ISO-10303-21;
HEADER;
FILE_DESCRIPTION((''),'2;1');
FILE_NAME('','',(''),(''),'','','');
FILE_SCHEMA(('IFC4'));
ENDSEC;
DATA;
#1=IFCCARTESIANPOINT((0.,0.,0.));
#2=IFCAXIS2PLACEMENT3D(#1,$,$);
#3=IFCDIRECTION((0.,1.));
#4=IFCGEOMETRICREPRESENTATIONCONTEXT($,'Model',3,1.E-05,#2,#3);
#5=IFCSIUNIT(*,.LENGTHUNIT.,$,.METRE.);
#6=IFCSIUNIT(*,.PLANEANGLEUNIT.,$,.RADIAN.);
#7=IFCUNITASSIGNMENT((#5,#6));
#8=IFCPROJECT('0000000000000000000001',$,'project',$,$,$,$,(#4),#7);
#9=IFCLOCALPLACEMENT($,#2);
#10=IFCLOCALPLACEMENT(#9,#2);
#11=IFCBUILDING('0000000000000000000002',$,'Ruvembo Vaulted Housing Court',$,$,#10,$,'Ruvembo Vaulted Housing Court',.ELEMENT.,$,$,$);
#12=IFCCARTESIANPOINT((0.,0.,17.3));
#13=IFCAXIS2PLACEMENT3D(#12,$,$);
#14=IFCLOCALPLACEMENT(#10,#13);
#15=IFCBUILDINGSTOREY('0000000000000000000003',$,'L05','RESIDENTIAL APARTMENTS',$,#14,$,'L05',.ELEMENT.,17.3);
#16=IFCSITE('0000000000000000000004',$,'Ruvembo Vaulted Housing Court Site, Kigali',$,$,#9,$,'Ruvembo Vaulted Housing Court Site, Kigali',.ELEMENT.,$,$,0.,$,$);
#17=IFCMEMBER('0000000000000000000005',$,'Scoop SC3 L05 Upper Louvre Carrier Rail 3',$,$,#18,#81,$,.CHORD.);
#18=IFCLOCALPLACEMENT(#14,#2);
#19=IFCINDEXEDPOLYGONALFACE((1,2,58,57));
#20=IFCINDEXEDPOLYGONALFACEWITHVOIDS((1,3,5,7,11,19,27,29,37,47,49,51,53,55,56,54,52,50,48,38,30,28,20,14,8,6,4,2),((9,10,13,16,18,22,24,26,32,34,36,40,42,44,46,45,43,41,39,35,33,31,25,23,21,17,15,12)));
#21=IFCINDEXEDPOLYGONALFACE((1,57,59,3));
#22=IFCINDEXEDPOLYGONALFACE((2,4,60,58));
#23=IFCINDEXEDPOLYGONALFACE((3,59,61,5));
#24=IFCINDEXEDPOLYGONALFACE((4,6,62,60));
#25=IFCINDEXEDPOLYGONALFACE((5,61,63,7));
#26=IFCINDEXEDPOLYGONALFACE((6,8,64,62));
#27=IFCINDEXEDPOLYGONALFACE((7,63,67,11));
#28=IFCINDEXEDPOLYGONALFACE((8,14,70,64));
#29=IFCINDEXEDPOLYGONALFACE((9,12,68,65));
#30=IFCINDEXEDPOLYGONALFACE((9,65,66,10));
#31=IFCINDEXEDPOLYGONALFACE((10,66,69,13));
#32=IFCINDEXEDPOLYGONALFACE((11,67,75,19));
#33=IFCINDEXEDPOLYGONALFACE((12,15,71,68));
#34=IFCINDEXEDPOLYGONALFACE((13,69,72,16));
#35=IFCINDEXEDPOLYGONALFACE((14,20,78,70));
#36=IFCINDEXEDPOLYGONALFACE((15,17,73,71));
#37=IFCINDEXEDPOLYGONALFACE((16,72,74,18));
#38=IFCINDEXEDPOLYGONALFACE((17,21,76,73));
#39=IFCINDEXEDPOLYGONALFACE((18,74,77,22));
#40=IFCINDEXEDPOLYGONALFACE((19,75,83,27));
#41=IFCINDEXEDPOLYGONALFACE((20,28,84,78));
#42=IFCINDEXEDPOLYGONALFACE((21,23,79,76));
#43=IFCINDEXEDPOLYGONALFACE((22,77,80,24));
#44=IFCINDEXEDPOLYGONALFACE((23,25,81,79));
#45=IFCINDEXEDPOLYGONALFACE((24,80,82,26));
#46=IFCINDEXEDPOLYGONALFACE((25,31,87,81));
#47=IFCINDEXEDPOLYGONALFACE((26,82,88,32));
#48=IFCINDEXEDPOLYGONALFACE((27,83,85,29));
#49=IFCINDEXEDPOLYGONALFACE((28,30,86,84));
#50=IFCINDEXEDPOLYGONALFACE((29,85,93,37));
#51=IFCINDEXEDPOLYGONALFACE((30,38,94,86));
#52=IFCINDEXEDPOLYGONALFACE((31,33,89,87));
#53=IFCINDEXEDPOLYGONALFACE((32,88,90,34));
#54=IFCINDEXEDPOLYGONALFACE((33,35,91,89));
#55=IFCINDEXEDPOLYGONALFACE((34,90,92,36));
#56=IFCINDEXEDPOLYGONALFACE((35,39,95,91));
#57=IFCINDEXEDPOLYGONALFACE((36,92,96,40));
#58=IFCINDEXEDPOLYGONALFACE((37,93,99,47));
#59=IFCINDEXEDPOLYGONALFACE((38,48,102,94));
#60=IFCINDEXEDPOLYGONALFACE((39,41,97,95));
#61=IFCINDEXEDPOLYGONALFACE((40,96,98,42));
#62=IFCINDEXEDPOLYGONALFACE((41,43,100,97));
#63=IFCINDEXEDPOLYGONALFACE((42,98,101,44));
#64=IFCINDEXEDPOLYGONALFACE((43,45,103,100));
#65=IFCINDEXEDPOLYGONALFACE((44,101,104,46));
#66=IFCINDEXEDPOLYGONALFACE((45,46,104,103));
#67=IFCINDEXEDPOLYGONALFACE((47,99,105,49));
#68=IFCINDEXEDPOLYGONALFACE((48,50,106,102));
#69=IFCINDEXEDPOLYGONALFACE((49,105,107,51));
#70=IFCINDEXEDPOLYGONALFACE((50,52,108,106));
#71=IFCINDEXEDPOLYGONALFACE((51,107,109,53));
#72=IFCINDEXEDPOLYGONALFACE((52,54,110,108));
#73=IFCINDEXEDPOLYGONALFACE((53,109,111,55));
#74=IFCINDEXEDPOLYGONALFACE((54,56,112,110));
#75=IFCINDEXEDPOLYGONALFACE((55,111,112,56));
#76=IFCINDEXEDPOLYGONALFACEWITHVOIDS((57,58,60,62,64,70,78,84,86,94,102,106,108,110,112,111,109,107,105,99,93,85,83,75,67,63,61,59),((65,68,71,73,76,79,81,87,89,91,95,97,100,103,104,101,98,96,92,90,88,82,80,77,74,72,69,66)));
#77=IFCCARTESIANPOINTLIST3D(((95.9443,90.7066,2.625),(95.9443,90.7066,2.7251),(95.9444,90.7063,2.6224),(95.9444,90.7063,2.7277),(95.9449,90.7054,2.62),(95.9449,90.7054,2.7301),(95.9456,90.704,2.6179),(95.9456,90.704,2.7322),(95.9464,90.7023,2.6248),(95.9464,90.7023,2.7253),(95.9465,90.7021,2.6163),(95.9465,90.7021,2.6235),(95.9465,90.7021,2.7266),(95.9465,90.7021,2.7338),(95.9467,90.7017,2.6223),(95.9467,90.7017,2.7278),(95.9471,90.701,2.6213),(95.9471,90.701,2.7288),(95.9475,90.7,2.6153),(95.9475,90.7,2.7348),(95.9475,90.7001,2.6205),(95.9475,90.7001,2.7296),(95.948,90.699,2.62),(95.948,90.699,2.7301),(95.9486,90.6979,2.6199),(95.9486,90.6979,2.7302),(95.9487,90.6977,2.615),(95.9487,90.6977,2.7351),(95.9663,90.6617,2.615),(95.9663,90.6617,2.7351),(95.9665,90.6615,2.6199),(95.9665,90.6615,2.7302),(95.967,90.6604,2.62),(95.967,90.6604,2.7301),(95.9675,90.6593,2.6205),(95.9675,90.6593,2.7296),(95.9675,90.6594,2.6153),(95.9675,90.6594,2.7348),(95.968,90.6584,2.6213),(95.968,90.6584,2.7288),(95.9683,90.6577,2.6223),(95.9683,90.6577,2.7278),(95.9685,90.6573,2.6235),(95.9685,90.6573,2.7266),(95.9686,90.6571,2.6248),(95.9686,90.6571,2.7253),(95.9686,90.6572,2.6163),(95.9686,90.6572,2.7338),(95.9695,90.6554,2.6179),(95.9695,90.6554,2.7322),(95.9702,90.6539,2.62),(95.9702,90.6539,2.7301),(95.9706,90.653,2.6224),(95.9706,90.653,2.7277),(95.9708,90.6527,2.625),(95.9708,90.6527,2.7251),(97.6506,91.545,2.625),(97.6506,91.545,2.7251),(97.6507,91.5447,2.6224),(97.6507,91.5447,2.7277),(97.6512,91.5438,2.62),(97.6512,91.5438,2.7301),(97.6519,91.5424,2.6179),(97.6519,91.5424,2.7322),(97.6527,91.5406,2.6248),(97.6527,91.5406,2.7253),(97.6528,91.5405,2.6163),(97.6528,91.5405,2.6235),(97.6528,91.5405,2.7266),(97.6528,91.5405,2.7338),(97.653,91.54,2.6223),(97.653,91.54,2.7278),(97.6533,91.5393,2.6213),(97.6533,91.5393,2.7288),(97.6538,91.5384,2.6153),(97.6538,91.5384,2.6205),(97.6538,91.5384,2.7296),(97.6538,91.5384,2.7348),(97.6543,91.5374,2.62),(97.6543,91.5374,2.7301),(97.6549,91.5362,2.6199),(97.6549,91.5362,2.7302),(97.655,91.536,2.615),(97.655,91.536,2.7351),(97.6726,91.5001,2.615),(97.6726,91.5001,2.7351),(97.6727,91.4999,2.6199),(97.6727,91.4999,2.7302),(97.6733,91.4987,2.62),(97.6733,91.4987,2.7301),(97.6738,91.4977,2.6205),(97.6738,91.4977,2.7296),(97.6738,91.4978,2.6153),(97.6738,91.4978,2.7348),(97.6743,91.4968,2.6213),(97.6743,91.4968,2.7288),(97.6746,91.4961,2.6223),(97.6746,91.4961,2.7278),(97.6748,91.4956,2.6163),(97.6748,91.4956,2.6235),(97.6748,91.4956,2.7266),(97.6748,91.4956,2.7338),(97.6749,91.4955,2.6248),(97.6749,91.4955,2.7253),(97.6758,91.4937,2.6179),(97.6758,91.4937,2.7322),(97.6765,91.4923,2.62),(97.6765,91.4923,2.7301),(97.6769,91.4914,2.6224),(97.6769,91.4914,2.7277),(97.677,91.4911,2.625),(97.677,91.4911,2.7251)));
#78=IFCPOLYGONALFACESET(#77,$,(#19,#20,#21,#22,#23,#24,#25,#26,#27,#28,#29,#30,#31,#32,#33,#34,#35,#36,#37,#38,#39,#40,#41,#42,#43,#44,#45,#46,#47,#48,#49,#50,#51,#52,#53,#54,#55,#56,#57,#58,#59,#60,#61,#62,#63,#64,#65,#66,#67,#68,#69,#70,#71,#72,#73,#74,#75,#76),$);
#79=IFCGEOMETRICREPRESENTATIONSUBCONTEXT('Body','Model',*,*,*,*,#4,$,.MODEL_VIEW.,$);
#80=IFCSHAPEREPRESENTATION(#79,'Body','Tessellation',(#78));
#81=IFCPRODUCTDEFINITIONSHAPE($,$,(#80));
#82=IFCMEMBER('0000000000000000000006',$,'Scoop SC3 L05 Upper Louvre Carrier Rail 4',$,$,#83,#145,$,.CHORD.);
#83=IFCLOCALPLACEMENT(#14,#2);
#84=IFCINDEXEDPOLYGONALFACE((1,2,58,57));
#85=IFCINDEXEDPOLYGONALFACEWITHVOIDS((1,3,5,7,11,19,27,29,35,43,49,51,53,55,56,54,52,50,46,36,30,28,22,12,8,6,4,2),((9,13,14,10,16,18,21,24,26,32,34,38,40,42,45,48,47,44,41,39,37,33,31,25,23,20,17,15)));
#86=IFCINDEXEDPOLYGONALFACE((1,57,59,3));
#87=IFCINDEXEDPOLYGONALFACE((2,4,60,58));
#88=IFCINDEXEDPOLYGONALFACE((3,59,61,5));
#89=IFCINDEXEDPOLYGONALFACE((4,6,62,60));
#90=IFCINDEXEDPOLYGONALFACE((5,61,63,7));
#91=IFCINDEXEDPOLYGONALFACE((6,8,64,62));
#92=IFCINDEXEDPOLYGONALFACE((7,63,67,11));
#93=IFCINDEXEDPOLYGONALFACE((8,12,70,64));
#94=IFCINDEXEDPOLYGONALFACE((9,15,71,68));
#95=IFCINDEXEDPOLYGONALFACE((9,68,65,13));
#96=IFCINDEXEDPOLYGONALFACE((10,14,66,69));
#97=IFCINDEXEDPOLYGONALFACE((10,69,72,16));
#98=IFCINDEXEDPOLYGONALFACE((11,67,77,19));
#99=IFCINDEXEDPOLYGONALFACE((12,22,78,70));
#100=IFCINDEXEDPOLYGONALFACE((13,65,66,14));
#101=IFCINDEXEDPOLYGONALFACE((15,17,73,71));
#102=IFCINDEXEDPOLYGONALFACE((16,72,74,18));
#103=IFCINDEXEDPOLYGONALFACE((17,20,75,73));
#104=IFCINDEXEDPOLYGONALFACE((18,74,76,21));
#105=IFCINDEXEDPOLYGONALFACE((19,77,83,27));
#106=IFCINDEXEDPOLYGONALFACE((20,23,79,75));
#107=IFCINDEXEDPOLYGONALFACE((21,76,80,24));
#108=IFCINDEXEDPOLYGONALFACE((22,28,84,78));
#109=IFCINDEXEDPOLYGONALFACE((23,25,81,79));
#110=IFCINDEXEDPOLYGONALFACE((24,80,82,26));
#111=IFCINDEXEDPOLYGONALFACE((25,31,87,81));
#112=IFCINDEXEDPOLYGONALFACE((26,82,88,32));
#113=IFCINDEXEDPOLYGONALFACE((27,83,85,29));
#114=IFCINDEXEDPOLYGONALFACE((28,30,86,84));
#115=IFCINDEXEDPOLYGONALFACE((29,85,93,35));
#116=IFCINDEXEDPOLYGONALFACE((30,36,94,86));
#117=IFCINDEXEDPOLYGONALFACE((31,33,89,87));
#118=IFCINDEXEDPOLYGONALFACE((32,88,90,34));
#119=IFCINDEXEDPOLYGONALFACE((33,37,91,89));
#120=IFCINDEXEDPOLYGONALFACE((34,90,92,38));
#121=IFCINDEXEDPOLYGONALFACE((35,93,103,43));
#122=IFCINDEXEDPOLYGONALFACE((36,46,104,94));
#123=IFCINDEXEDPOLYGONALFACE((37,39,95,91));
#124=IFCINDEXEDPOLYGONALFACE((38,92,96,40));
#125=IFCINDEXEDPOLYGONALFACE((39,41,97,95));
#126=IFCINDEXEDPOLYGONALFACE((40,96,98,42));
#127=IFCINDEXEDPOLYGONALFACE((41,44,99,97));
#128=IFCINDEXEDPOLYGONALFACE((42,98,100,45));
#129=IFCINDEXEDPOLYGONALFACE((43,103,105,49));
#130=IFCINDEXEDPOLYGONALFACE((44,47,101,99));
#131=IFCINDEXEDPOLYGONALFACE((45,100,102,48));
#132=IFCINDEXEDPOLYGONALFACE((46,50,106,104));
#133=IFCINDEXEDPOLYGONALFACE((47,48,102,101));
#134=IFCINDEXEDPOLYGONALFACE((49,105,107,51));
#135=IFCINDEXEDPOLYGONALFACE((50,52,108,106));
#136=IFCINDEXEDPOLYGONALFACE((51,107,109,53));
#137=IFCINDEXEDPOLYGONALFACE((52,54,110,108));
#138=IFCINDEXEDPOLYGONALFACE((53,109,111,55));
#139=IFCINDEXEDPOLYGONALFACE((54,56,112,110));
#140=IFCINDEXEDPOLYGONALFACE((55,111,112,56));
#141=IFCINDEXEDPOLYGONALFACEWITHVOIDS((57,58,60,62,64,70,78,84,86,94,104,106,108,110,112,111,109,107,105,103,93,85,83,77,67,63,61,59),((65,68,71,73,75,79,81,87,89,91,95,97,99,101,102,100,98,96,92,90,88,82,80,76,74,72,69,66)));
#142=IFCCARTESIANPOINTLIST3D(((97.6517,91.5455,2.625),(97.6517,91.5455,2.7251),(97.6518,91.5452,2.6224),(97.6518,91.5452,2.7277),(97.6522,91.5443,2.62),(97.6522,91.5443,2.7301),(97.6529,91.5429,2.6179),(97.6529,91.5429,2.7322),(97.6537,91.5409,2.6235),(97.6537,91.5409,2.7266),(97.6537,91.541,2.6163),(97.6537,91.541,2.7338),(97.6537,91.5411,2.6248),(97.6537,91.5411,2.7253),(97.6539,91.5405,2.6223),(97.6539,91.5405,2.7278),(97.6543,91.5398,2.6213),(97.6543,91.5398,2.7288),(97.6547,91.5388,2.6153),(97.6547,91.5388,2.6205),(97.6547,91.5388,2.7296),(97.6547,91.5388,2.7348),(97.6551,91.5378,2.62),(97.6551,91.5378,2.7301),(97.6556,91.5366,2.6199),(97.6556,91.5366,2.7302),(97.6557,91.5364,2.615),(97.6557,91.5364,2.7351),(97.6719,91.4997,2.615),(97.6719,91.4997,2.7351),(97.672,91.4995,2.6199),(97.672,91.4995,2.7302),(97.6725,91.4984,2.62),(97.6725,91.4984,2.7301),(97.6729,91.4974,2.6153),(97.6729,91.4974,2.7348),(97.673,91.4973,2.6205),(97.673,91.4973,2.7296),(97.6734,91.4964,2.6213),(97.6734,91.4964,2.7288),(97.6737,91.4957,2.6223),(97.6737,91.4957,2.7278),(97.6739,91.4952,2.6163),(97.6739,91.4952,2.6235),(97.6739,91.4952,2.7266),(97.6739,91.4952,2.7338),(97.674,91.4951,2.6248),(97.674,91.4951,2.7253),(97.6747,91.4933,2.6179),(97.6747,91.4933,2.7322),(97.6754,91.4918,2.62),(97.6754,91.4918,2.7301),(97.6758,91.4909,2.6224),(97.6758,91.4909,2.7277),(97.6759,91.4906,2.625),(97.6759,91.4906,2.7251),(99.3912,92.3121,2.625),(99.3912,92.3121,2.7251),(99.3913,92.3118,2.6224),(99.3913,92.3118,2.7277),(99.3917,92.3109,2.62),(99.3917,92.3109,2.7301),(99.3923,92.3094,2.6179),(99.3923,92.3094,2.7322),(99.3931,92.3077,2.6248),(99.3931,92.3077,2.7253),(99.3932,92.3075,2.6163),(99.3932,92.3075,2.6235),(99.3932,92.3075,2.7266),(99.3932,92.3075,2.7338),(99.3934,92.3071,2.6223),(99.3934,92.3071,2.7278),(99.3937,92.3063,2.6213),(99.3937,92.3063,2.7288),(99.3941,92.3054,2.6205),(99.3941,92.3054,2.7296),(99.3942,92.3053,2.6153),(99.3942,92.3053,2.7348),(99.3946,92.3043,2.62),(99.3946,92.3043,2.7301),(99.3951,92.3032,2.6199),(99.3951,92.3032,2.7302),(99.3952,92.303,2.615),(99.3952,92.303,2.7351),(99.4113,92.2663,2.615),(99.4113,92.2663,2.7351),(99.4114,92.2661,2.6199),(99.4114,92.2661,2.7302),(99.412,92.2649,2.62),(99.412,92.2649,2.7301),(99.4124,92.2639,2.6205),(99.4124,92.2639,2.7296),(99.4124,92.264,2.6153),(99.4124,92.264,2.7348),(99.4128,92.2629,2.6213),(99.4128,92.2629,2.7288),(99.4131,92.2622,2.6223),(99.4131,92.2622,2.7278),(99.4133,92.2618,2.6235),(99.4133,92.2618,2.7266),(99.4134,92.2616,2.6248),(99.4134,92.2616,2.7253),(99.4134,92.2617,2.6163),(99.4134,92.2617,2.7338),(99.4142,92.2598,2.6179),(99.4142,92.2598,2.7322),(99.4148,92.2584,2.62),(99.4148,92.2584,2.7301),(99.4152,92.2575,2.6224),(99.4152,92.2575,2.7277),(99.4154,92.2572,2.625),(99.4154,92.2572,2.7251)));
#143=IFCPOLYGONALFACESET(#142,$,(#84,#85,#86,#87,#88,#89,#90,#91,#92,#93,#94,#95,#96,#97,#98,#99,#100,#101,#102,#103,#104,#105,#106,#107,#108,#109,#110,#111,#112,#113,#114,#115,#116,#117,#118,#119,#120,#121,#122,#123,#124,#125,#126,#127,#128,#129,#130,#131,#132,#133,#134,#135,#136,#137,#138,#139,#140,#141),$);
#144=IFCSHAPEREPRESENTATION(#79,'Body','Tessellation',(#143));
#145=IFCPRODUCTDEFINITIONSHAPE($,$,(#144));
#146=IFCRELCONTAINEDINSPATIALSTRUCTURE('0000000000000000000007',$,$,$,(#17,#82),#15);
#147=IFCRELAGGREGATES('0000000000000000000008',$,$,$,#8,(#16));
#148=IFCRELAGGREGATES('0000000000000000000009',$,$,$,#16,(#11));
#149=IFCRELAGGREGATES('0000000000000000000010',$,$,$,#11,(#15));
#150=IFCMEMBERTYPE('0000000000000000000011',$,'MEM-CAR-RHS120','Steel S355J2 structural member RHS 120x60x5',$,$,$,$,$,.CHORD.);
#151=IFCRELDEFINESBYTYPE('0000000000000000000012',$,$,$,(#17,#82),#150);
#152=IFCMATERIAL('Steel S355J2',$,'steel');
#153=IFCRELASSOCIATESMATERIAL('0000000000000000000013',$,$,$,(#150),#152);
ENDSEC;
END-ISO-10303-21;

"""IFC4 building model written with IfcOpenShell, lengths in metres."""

from ifc_helpers import new_model, si_unit, direction, frame, origin, origin_2d, place, context, subcontext, project, spatial, hollow_rectangle, extrude, material, material_profile, profile_set, type_object, element, save


model = new_model("IFC4")

# Units and contexts
model_context = context("Model", 3, precision=1e-05, world=origin(), true_north=direction((0.0, 1.0)))
body_context = subcontext(model_context, "Body", "Model", "MODEL_VIEW")
ifc_project = project(units=[si_unit("LENGTHUNIT", "METRE"), si_unit("PLANEANGLEUNIT", "RADIAN")], contexts=[model_context])

# Site, building, storey
site_placement = place(None, origin())
site = spatial("IfcSite", under=ifc_project, at=site_placement, Name="Ruvembo Vaulted Housing Court Site, Kigali", LongName="Ruvembo Vaulted Housing Court Site, Kigali", CompositionType="ELEMENT", RefElevation=0.0)
building_placement = place(site_placement, origin())
building = spatial("IfcBuilding", under=site, at=building_placement, Name="Ruvembo Vaulted Housing Court", LongName="Ruvembo Vaulted Housing Court", CompositionType="ELEMENT")
storey_placement = place(building_placement, frame((0.0, 0.0, 17.3)))
storey = spatial("IfcBuildingStorey", under=building, at=storey_placement, Name="L05", Description="RESIDENTIAL APARTMENTS", LongName="L05", CompositionType="ELEMENT", Elevation=17.3)

# Shared definitions
ifc_material_1 = material(Name="Steel S355J2", Category="steel")

# Members
ifc_material_profile_1 = material_profile(ifc_material_1, hollow_rectangle(XDim=0.0601, YDim=0.1201, WallThickness=0.0049, InnerFilletRadius=0.0049, OuterFilletRadius=0.01, at=origin_2d()), Name="RHS 120x60x5")
ifc_profile_set_1 = profile_set([ifc_material_profile_1], Name="Steel S355J2")
member_type_1 = type_object("IfcMemberType", Name="MEM-CAR-RHS120", Description="Steel S355J2 structural member RHS 120x60x5", PredefinedType="CHORD", material=ifc_profile_set_1)
member_1_placement = place(storey_placement, frame((95.9575, 90.6797, 2.675), z_axis=(0.897513, 0.440987, 0.0), x_axis=(-0.440987, 0.897513, 0.0)))
element("IfcMember", 1, at=member_1_placement, inside=storey, type_object=member_type_1, Name="Scoop SC3 L05 Upper Louvre Carrier Rail 3", PredefinedType="CHORD", context=body_context, shape_type="SweptSolid", body=[
    extrude(hollow_rectangle(XDim=0.0601, YDim=0.1201, WallThickness=0.0049, InnerFilletRadius=0.0049, OuterFilletRadius=0.01, at=origin_2d()), origin(), (0.0, 0.0, 1.0), 1.9011),
])
member_2_placement = place(storey_placement, frame((97.6638, 91.5181, 2.675), z_axis=(0.915078, 0.403277, 0.0), x_axis=(-0.403277, 0.915078, 0.0)))
element("IfcMember", 2, at=member_2_placement, inside=storey, type_object=member_type_1, Name="Scoop SC3 L05 Upper Louvre Carrier Rail 4", PredefinedType="CHORD", context=body_context, shape_type="SweptSolid", body=[
    extrude(hollow_rectangle(XDim=0.0601, YDim=0.1201, WallThickness=0.0049, InnerFilletRadius=0.0049, OuterFilletRadius=0.01, at=origin_2d()), origin(), (0.0, 0.0, 1.0), 1.9009),
])

save(model, "model.ifc")
